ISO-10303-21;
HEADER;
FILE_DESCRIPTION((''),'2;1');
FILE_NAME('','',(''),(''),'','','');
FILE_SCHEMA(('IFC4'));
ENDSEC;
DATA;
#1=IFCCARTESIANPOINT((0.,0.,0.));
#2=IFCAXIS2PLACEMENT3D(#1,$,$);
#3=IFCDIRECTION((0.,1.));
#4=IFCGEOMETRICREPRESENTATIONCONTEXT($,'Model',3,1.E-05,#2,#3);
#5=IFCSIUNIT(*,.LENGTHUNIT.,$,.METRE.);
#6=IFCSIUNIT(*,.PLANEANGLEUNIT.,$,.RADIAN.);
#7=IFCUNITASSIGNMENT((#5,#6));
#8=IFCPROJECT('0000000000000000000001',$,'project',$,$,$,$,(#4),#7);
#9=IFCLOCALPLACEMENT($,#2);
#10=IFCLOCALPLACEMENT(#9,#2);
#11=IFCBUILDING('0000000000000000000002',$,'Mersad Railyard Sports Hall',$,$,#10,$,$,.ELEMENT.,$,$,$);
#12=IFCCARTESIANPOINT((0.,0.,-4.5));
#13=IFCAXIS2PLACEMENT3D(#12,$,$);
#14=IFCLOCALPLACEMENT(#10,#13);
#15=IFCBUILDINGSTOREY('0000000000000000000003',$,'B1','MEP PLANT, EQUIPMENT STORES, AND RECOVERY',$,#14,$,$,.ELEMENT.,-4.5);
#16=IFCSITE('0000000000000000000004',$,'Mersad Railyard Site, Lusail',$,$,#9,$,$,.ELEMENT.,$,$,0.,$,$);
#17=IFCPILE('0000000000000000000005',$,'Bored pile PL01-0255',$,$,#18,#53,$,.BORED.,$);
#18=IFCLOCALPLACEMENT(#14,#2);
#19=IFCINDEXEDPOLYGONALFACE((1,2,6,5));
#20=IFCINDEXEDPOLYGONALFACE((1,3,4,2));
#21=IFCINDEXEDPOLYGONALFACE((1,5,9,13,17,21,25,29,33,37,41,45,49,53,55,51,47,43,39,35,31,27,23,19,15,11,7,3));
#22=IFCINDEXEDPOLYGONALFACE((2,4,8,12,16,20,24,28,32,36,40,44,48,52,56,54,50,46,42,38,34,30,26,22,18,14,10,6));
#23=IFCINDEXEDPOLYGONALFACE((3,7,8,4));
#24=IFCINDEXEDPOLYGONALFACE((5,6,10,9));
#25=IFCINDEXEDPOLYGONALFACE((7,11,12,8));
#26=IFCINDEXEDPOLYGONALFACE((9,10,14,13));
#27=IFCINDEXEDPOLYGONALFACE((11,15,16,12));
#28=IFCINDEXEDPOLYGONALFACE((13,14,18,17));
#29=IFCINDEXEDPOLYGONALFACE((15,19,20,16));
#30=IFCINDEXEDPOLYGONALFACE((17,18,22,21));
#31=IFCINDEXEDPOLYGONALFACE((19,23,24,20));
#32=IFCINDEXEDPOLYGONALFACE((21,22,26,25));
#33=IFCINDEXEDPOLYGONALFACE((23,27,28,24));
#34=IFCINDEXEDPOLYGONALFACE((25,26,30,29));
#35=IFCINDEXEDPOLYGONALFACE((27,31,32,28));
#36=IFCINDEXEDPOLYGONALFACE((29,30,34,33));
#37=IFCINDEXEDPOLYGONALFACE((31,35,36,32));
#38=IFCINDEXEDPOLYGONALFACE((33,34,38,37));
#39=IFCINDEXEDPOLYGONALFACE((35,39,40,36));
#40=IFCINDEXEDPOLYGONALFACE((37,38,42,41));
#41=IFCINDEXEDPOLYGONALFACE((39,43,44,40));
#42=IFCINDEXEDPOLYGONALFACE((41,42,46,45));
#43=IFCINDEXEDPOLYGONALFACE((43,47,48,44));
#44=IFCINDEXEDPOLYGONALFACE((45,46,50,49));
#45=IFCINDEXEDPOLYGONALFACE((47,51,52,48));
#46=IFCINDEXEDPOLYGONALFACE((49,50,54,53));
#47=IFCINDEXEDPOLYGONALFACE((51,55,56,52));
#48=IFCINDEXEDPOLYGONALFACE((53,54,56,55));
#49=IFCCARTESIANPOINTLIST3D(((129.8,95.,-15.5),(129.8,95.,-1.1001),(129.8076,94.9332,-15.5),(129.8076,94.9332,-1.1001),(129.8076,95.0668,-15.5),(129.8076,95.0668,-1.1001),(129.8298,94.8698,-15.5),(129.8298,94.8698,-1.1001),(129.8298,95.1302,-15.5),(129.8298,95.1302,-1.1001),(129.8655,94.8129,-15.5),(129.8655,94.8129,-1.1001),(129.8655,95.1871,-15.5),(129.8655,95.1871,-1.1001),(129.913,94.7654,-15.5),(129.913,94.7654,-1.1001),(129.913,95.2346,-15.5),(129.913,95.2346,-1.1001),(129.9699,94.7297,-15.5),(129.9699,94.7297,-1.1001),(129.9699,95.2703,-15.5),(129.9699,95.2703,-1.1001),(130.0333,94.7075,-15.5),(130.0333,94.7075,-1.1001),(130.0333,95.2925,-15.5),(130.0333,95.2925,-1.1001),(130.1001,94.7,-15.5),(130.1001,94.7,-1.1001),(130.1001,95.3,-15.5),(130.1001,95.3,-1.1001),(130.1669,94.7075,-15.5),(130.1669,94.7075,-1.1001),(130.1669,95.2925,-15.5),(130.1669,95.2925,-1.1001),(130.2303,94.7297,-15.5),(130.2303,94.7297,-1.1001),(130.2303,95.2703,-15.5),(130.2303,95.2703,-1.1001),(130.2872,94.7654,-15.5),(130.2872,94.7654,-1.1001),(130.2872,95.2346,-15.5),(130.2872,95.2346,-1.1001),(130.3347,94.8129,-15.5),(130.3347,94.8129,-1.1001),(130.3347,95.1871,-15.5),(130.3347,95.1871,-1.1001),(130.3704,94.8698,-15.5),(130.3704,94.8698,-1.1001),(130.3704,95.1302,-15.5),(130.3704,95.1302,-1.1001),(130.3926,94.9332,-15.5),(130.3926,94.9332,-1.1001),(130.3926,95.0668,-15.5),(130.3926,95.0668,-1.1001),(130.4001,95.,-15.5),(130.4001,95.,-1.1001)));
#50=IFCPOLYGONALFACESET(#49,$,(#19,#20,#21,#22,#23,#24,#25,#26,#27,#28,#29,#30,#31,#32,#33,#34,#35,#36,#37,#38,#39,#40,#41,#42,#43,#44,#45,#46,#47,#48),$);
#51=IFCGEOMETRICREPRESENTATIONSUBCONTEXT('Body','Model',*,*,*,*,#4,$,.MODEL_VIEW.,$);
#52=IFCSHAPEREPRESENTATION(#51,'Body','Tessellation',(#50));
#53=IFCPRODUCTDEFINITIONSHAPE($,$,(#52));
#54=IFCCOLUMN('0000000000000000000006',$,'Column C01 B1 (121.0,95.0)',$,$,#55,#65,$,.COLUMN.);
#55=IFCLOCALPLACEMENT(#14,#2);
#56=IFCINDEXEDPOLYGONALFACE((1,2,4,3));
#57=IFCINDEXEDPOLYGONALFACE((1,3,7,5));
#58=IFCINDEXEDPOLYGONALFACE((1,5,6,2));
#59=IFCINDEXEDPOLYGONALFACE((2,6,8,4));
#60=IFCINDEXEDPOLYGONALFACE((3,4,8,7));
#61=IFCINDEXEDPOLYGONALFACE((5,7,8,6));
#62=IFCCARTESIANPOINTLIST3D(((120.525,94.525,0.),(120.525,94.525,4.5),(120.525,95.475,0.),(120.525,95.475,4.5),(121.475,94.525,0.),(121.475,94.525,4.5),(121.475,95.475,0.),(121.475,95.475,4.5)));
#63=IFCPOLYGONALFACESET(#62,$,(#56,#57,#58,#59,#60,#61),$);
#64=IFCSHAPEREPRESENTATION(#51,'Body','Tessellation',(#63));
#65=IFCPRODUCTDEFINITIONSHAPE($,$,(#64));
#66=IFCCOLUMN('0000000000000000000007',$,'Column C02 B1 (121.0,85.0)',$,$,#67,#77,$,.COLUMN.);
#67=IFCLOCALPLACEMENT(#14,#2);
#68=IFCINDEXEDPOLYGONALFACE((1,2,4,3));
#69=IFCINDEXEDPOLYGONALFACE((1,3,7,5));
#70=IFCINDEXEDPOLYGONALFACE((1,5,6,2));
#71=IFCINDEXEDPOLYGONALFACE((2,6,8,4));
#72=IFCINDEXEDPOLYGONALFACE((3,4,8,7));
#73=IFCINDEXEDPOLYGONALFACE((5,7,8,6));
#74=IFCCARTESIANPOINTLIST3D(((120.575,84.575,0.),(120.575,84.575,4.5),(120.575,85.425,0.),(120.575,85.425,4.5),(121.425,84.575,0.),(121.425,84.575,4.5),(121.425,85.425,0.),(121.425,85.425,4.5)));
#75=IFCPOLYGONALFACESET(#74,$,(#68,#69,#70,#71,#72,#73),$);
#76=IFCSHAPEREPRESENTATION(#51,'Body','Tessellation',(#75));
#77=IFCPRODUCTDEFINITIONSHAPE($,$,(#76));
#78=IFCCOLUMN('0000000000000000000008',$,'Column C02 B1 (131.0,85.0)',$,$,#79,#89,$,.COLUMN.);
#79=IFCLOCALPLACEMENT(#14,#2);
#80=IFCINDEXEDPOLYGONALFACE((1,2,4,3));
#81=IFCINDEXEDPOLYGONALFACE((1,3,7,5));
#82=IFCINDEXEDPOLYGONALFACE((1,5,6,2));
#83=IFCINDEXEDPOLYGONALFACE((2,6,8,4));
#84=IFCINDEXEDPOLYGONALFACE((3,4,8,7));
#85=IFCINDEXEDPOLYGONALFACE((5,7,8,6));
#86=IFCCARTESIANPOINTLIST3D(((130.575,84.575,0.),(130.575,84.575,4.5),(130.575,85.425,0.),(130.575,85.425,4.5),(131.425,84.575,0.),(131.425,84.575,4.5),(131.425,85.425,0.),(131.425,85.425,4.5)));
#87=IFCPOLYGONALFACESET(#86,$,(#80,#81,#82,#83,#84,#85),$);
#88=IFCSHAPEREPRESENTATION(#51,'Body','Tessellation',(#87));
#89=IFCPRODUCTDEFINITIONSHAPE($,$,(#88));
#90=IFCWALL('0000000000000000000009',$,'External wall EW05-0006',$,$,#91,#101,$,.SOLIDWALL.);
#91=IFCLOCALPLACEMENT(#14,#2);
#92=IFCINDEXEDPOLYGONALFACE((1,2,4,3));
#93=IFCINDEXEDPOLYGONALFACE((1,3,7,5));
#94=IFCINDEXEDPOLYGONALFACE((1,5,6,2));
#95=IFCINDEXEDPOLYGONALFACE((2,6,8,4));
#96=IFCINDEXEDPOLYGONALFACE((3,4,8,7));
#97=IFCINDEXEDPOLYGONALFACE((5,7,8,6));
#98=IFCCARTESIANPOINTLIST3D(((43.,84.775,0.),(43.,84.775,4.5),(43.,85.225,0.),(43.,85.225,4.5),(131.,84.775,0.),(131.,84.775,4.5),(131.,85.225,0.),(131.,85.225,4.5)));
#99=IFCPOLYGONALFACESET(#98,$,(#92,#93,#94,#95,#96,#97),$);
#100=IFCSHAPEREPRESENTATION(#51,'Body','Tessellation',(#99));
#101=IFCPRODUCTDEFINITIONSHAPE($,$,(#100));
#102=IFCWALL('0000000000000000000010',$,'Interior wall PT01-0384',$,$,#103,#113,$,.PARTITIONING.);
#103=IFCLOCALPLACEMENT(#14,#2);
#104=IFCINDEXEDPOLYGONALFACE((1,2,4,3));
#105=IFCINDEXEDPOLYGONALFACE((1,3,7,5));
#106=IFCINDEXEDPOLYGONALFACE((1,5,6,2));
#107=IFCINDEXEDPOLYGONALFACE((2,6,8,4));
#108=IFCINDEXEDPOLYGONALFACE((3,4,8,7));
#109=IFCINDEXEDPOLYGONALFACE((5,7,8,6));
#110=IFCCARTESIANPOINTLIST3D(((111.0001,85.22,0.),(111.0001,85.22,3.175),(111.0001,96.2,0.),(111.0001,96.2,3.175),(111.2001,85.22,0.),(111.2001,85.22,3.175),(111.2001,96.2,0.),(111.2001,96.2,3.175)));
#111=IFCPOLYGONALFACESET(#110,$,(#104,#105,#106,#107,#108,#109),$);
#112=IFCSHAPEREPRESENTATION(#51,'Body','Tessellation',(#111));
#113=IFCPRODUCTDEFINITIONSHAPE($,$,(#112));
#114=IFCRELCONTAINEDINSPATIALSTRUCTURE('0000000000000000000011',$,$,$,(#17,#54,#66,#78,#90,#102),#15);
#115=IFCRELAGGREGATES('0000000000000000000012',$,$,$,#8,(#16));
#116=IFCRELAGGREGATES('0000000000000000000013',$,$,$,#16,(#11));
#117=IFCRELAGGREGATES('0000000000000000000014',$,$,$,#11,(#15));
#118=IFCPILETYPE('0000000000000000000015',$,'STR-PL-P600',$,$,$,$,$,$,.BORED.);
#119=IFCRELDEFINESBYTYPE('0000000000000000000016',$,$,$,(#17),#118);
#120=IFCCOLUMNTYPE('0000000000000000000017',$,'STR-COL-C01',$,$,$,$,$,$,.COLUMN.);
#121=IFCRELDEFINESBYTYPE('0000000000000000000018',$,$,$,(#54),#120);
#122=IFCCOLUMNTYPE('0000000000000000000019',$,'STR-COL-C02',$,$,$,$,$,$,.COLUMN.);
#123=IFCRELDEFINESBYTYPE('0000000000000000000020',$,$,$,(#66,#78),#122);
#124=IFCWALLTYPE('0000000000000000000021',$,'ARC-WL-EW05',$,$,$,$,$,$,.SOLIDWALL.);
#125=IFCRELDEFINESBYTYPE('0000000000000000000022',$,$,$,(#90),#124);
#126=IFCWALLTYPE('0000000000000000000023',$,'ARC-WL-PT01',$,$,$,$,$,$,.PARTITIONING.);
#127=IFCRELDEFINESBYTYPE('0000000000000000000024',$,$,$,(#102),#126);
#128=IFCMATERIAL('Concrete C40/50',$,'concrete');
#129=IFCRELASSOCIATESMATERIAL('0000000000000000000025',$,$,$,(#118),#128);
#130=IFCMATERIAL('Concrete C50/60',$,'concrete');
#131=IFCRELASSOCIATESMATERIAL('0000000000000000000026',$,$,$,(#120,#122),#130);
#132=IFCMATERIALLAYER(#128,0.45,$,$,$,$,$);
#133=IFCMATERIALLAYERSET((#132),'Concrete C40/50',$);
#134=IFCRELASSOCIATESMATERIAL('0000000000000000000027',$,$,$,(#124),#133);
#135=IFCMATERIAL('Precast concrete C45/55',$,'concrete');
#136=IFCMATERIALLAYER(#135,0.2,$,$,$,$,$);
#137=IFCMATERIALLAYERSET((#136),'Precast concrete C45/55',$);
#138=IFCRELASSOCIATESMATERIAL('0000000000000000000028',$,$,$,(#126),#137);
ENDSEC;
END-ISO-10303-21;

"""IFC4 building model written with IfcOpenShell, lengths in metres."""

from ifc_helpers import new_model, si_unit, direction, frame, frame_2d, origin, origin_2d, place, context, subcontext, project, spatial, rectangle, circle, extrude, material, layer, layer_set, material_profile, profile_set, type_object, element, save


model = new_model("IFC4")

# Units and contexts
model_context = context("Model", 3, precision=1e-05, world=origin(), true_north=direction((0.0, 1.0)))
body_context = subcontext(model_context, "Body", "Model", "MODEL_VIEW")
ifc_project = project(units=[si_unit("LENGTHUNIT", "METRE"), si_unit("PLANEANGLEUNIT", "RADIAN")], contexts=[model_context])

# Site, building, storey
site_placement = place(None, origin())
site = spatial("IfcSite", under=ifc_project, at=site_placement, Name="Mersad Railyard Site, Lusail", CompositionType="ELEMENT", RefElevation=0.0)
building_placement = place(site_placement, origin())
building = spatial("IfcBuilding", under=site, at=building_placement, Name="Mersad Railyard Sports Hall", CompositionType="ELEMENT")
storey_placement = place(building_placement, frame((0.0, 0.0, -4.5)))
storey = spatial("IfcBuildingStorey", under=building, at=storey_placement, Name="B1", Description="MEP PLANT, EQUIPMENT STORES, AND RECOVERY", CompositionType="ELEMENT", Elevation=-4.5)

# Shared definitions
ifc_material_1 = material(Name="Concrete C40/50", Category="concrete")

# Pile
ifc_material_profile_1 = material_profile(ifc_material_1, circle(Radius=0.3, at=origin_2d()), Name="BORED PILE D600")
ifc_profile_set_1 = profile_set([ifc_material_profile_1], Name="Concrete C40/50")
pile_type_1 = type_object("IfcPileType", Name="STR-PL-P600", PredefinedType="BORED", material=ifc_profile_set_1)
pile_1_placement = place(storey_placement, frame((130.1001, 95.0, -1.1001), z_axis=(0.0, 0.0, -1.0), x_axis=(1.0, 0.0, 0.0)))
element("IfcPile", 1, at=pile_1_placement, inside=storey, type_object=pile_type_1, Name="Bored pile PL01-0255", PredefinedType="BORED", context=body_context, shape_type="SweptSolid", body=[
    extrude(circle(Radius=0.3, at=origin_2d()), origin(), (0.0, 0.0, 1.0), 14.3999),
])

# Columns
ifc_material_2 = material(Name="Concrete C50/60", Category="concrete")
ifc_material_profile_2 = material_profile(ifc_material_2, rectangle(XDim=0.95, YDim=0.95, at=origin_2d()), Name="RC 950x950")
ifc_profile_set_2 = profile_set([ifc_material_profile_2], Name="Concrete C50/60")
column_type_1 = type_object("IfcColumnType", Name="STR-COL-C01", PredefinedType="COLUMN", material=ifc_profile_set_2)
column_placement = place(storey_placement, frame((121.0, 95.0, 0.0), z_axis=(0.0, 0.0, 1.0), x_axis=(1.0, 0.0, 0.0)))
element("IfcColumn", 2, at=column_placement, inside=storey, type_object=column_type_1, Name="Column C01 B1 (121.0,95.0)", PredefinedType="COLUMN", context=body_context, shape_type="SweptSolid", body=[
    extrude(rectangle(XDim=0.95, YDim=0.95, at=origin_2d()), origin(), (0.0, 0.0, 1.0), 4.5),
])
ifc_material_profile_3 = material_profile(ifc_material_2, rectangle(XDim=0.8501, YDim=0.8501, at=origin_2d()), Name="RC 850x850")
ifc_profile_set_3 = profile_set([ifc_material_profile_3], Name="Concrete C50/60")
column_type_2 = type_object("IfcColumnType", Name="STR-COL-C02", PredefinedType="COLUMN", material=ifc_profile_set_3)
for number, where, z_axis, x_axis, name in (
    (3, (121.0, 85.0, 0.0), (0.0, 0.0, 1.0), (1.0, 0.0, 0.0), "Column C02 B1 (121.0,85.0)"),
    (4, (131.0, 85.0, 0.0), (0.0, 0.0, 1.0), (1.0, 0.0, 0.0), "Column C02 B1 (131.0,85.0)"),
):
    element("IfcColumn", number, at=place(storey_placement, frame(where, z_axis=z_axis, x_axis=x_axis)), inside=storey, type_object=column_type_2, Name=name, PredefinedType="COLUMN", context=body_context, shape_type="SweptSolid", body=[
        extrude(rectangle(XDim=0.8501, YDim=0.8501, at=origin_2d()), origin(), (0.0, 0.0, 1.0), 4.5),
    ])

# Walls
ifc_layer_1 = layer(ifc_material_1, 0.45)
ifc_layer_set_1 = layer_set([ifc_layer_1], Name="Concrete C40/50")
wall_type_1 = type_object("IfcWallType", Name="ARC-WL-EW05", PredefinedType="SOLIDWALL", material=ifc_layer_set_1)
wall_1_placement = place(storey_placement, frame((131.0, 85.0, 0.0), z_axis=(0.0, 0.0, 1.0), x_axis=(-1.0, 0.0, 0.0)))
element("IfcWall", 5, at=wall_1_placement, inside=storey, type_object=wall_type_1, Name="External wall EW05-0006", PredefinedType="SOLIDWALL", context=body_context, shape_type="SweptSolid", body=[
    extrude(rectangle(XDim=88.0, YDim=0.45, at=frame_2d((44.0, 0.0))), origin(), (0.0, 0.0, 1.0), 4.5),
])
ifc_material_3 = material(Name="Precast concrete C45/55", Category="concrete")
ifc_layer_2 = layer(ifc_material_3, 0.2)
ifc_layer_set_2 = layer_set([ifc_layer_2], Name="Precast concrete C45/55")
wall_type_2 = type_object("IfcWallType", Name="ARC-WL-PT01", PredefinedType="PARTITIONING", material=ifc_layer_set_2)
wall_2_placement = place(storey_placement, frame((111.1001, 85.22, 0.0), z_axis=(0.0, 0.0, 1.0), x_axis=(0.0, 1.0, 0.0)))
element("IfcWall", 6, at=wall_2_placement, inside=storey, type_object=wall_type_2, Name="Interior wall PT01-0384", PredefinedType="PARTITIONING", context=body_context, shape_type="SweptSolid", body=[
    extrude(rectangle(XDim=10.98, YDim=0.2, at=frame_2d((5.49, 0.0))), origin(), (0.0, 0.0, 1.0), 3.175),
])

save(model, "model.ifc")
